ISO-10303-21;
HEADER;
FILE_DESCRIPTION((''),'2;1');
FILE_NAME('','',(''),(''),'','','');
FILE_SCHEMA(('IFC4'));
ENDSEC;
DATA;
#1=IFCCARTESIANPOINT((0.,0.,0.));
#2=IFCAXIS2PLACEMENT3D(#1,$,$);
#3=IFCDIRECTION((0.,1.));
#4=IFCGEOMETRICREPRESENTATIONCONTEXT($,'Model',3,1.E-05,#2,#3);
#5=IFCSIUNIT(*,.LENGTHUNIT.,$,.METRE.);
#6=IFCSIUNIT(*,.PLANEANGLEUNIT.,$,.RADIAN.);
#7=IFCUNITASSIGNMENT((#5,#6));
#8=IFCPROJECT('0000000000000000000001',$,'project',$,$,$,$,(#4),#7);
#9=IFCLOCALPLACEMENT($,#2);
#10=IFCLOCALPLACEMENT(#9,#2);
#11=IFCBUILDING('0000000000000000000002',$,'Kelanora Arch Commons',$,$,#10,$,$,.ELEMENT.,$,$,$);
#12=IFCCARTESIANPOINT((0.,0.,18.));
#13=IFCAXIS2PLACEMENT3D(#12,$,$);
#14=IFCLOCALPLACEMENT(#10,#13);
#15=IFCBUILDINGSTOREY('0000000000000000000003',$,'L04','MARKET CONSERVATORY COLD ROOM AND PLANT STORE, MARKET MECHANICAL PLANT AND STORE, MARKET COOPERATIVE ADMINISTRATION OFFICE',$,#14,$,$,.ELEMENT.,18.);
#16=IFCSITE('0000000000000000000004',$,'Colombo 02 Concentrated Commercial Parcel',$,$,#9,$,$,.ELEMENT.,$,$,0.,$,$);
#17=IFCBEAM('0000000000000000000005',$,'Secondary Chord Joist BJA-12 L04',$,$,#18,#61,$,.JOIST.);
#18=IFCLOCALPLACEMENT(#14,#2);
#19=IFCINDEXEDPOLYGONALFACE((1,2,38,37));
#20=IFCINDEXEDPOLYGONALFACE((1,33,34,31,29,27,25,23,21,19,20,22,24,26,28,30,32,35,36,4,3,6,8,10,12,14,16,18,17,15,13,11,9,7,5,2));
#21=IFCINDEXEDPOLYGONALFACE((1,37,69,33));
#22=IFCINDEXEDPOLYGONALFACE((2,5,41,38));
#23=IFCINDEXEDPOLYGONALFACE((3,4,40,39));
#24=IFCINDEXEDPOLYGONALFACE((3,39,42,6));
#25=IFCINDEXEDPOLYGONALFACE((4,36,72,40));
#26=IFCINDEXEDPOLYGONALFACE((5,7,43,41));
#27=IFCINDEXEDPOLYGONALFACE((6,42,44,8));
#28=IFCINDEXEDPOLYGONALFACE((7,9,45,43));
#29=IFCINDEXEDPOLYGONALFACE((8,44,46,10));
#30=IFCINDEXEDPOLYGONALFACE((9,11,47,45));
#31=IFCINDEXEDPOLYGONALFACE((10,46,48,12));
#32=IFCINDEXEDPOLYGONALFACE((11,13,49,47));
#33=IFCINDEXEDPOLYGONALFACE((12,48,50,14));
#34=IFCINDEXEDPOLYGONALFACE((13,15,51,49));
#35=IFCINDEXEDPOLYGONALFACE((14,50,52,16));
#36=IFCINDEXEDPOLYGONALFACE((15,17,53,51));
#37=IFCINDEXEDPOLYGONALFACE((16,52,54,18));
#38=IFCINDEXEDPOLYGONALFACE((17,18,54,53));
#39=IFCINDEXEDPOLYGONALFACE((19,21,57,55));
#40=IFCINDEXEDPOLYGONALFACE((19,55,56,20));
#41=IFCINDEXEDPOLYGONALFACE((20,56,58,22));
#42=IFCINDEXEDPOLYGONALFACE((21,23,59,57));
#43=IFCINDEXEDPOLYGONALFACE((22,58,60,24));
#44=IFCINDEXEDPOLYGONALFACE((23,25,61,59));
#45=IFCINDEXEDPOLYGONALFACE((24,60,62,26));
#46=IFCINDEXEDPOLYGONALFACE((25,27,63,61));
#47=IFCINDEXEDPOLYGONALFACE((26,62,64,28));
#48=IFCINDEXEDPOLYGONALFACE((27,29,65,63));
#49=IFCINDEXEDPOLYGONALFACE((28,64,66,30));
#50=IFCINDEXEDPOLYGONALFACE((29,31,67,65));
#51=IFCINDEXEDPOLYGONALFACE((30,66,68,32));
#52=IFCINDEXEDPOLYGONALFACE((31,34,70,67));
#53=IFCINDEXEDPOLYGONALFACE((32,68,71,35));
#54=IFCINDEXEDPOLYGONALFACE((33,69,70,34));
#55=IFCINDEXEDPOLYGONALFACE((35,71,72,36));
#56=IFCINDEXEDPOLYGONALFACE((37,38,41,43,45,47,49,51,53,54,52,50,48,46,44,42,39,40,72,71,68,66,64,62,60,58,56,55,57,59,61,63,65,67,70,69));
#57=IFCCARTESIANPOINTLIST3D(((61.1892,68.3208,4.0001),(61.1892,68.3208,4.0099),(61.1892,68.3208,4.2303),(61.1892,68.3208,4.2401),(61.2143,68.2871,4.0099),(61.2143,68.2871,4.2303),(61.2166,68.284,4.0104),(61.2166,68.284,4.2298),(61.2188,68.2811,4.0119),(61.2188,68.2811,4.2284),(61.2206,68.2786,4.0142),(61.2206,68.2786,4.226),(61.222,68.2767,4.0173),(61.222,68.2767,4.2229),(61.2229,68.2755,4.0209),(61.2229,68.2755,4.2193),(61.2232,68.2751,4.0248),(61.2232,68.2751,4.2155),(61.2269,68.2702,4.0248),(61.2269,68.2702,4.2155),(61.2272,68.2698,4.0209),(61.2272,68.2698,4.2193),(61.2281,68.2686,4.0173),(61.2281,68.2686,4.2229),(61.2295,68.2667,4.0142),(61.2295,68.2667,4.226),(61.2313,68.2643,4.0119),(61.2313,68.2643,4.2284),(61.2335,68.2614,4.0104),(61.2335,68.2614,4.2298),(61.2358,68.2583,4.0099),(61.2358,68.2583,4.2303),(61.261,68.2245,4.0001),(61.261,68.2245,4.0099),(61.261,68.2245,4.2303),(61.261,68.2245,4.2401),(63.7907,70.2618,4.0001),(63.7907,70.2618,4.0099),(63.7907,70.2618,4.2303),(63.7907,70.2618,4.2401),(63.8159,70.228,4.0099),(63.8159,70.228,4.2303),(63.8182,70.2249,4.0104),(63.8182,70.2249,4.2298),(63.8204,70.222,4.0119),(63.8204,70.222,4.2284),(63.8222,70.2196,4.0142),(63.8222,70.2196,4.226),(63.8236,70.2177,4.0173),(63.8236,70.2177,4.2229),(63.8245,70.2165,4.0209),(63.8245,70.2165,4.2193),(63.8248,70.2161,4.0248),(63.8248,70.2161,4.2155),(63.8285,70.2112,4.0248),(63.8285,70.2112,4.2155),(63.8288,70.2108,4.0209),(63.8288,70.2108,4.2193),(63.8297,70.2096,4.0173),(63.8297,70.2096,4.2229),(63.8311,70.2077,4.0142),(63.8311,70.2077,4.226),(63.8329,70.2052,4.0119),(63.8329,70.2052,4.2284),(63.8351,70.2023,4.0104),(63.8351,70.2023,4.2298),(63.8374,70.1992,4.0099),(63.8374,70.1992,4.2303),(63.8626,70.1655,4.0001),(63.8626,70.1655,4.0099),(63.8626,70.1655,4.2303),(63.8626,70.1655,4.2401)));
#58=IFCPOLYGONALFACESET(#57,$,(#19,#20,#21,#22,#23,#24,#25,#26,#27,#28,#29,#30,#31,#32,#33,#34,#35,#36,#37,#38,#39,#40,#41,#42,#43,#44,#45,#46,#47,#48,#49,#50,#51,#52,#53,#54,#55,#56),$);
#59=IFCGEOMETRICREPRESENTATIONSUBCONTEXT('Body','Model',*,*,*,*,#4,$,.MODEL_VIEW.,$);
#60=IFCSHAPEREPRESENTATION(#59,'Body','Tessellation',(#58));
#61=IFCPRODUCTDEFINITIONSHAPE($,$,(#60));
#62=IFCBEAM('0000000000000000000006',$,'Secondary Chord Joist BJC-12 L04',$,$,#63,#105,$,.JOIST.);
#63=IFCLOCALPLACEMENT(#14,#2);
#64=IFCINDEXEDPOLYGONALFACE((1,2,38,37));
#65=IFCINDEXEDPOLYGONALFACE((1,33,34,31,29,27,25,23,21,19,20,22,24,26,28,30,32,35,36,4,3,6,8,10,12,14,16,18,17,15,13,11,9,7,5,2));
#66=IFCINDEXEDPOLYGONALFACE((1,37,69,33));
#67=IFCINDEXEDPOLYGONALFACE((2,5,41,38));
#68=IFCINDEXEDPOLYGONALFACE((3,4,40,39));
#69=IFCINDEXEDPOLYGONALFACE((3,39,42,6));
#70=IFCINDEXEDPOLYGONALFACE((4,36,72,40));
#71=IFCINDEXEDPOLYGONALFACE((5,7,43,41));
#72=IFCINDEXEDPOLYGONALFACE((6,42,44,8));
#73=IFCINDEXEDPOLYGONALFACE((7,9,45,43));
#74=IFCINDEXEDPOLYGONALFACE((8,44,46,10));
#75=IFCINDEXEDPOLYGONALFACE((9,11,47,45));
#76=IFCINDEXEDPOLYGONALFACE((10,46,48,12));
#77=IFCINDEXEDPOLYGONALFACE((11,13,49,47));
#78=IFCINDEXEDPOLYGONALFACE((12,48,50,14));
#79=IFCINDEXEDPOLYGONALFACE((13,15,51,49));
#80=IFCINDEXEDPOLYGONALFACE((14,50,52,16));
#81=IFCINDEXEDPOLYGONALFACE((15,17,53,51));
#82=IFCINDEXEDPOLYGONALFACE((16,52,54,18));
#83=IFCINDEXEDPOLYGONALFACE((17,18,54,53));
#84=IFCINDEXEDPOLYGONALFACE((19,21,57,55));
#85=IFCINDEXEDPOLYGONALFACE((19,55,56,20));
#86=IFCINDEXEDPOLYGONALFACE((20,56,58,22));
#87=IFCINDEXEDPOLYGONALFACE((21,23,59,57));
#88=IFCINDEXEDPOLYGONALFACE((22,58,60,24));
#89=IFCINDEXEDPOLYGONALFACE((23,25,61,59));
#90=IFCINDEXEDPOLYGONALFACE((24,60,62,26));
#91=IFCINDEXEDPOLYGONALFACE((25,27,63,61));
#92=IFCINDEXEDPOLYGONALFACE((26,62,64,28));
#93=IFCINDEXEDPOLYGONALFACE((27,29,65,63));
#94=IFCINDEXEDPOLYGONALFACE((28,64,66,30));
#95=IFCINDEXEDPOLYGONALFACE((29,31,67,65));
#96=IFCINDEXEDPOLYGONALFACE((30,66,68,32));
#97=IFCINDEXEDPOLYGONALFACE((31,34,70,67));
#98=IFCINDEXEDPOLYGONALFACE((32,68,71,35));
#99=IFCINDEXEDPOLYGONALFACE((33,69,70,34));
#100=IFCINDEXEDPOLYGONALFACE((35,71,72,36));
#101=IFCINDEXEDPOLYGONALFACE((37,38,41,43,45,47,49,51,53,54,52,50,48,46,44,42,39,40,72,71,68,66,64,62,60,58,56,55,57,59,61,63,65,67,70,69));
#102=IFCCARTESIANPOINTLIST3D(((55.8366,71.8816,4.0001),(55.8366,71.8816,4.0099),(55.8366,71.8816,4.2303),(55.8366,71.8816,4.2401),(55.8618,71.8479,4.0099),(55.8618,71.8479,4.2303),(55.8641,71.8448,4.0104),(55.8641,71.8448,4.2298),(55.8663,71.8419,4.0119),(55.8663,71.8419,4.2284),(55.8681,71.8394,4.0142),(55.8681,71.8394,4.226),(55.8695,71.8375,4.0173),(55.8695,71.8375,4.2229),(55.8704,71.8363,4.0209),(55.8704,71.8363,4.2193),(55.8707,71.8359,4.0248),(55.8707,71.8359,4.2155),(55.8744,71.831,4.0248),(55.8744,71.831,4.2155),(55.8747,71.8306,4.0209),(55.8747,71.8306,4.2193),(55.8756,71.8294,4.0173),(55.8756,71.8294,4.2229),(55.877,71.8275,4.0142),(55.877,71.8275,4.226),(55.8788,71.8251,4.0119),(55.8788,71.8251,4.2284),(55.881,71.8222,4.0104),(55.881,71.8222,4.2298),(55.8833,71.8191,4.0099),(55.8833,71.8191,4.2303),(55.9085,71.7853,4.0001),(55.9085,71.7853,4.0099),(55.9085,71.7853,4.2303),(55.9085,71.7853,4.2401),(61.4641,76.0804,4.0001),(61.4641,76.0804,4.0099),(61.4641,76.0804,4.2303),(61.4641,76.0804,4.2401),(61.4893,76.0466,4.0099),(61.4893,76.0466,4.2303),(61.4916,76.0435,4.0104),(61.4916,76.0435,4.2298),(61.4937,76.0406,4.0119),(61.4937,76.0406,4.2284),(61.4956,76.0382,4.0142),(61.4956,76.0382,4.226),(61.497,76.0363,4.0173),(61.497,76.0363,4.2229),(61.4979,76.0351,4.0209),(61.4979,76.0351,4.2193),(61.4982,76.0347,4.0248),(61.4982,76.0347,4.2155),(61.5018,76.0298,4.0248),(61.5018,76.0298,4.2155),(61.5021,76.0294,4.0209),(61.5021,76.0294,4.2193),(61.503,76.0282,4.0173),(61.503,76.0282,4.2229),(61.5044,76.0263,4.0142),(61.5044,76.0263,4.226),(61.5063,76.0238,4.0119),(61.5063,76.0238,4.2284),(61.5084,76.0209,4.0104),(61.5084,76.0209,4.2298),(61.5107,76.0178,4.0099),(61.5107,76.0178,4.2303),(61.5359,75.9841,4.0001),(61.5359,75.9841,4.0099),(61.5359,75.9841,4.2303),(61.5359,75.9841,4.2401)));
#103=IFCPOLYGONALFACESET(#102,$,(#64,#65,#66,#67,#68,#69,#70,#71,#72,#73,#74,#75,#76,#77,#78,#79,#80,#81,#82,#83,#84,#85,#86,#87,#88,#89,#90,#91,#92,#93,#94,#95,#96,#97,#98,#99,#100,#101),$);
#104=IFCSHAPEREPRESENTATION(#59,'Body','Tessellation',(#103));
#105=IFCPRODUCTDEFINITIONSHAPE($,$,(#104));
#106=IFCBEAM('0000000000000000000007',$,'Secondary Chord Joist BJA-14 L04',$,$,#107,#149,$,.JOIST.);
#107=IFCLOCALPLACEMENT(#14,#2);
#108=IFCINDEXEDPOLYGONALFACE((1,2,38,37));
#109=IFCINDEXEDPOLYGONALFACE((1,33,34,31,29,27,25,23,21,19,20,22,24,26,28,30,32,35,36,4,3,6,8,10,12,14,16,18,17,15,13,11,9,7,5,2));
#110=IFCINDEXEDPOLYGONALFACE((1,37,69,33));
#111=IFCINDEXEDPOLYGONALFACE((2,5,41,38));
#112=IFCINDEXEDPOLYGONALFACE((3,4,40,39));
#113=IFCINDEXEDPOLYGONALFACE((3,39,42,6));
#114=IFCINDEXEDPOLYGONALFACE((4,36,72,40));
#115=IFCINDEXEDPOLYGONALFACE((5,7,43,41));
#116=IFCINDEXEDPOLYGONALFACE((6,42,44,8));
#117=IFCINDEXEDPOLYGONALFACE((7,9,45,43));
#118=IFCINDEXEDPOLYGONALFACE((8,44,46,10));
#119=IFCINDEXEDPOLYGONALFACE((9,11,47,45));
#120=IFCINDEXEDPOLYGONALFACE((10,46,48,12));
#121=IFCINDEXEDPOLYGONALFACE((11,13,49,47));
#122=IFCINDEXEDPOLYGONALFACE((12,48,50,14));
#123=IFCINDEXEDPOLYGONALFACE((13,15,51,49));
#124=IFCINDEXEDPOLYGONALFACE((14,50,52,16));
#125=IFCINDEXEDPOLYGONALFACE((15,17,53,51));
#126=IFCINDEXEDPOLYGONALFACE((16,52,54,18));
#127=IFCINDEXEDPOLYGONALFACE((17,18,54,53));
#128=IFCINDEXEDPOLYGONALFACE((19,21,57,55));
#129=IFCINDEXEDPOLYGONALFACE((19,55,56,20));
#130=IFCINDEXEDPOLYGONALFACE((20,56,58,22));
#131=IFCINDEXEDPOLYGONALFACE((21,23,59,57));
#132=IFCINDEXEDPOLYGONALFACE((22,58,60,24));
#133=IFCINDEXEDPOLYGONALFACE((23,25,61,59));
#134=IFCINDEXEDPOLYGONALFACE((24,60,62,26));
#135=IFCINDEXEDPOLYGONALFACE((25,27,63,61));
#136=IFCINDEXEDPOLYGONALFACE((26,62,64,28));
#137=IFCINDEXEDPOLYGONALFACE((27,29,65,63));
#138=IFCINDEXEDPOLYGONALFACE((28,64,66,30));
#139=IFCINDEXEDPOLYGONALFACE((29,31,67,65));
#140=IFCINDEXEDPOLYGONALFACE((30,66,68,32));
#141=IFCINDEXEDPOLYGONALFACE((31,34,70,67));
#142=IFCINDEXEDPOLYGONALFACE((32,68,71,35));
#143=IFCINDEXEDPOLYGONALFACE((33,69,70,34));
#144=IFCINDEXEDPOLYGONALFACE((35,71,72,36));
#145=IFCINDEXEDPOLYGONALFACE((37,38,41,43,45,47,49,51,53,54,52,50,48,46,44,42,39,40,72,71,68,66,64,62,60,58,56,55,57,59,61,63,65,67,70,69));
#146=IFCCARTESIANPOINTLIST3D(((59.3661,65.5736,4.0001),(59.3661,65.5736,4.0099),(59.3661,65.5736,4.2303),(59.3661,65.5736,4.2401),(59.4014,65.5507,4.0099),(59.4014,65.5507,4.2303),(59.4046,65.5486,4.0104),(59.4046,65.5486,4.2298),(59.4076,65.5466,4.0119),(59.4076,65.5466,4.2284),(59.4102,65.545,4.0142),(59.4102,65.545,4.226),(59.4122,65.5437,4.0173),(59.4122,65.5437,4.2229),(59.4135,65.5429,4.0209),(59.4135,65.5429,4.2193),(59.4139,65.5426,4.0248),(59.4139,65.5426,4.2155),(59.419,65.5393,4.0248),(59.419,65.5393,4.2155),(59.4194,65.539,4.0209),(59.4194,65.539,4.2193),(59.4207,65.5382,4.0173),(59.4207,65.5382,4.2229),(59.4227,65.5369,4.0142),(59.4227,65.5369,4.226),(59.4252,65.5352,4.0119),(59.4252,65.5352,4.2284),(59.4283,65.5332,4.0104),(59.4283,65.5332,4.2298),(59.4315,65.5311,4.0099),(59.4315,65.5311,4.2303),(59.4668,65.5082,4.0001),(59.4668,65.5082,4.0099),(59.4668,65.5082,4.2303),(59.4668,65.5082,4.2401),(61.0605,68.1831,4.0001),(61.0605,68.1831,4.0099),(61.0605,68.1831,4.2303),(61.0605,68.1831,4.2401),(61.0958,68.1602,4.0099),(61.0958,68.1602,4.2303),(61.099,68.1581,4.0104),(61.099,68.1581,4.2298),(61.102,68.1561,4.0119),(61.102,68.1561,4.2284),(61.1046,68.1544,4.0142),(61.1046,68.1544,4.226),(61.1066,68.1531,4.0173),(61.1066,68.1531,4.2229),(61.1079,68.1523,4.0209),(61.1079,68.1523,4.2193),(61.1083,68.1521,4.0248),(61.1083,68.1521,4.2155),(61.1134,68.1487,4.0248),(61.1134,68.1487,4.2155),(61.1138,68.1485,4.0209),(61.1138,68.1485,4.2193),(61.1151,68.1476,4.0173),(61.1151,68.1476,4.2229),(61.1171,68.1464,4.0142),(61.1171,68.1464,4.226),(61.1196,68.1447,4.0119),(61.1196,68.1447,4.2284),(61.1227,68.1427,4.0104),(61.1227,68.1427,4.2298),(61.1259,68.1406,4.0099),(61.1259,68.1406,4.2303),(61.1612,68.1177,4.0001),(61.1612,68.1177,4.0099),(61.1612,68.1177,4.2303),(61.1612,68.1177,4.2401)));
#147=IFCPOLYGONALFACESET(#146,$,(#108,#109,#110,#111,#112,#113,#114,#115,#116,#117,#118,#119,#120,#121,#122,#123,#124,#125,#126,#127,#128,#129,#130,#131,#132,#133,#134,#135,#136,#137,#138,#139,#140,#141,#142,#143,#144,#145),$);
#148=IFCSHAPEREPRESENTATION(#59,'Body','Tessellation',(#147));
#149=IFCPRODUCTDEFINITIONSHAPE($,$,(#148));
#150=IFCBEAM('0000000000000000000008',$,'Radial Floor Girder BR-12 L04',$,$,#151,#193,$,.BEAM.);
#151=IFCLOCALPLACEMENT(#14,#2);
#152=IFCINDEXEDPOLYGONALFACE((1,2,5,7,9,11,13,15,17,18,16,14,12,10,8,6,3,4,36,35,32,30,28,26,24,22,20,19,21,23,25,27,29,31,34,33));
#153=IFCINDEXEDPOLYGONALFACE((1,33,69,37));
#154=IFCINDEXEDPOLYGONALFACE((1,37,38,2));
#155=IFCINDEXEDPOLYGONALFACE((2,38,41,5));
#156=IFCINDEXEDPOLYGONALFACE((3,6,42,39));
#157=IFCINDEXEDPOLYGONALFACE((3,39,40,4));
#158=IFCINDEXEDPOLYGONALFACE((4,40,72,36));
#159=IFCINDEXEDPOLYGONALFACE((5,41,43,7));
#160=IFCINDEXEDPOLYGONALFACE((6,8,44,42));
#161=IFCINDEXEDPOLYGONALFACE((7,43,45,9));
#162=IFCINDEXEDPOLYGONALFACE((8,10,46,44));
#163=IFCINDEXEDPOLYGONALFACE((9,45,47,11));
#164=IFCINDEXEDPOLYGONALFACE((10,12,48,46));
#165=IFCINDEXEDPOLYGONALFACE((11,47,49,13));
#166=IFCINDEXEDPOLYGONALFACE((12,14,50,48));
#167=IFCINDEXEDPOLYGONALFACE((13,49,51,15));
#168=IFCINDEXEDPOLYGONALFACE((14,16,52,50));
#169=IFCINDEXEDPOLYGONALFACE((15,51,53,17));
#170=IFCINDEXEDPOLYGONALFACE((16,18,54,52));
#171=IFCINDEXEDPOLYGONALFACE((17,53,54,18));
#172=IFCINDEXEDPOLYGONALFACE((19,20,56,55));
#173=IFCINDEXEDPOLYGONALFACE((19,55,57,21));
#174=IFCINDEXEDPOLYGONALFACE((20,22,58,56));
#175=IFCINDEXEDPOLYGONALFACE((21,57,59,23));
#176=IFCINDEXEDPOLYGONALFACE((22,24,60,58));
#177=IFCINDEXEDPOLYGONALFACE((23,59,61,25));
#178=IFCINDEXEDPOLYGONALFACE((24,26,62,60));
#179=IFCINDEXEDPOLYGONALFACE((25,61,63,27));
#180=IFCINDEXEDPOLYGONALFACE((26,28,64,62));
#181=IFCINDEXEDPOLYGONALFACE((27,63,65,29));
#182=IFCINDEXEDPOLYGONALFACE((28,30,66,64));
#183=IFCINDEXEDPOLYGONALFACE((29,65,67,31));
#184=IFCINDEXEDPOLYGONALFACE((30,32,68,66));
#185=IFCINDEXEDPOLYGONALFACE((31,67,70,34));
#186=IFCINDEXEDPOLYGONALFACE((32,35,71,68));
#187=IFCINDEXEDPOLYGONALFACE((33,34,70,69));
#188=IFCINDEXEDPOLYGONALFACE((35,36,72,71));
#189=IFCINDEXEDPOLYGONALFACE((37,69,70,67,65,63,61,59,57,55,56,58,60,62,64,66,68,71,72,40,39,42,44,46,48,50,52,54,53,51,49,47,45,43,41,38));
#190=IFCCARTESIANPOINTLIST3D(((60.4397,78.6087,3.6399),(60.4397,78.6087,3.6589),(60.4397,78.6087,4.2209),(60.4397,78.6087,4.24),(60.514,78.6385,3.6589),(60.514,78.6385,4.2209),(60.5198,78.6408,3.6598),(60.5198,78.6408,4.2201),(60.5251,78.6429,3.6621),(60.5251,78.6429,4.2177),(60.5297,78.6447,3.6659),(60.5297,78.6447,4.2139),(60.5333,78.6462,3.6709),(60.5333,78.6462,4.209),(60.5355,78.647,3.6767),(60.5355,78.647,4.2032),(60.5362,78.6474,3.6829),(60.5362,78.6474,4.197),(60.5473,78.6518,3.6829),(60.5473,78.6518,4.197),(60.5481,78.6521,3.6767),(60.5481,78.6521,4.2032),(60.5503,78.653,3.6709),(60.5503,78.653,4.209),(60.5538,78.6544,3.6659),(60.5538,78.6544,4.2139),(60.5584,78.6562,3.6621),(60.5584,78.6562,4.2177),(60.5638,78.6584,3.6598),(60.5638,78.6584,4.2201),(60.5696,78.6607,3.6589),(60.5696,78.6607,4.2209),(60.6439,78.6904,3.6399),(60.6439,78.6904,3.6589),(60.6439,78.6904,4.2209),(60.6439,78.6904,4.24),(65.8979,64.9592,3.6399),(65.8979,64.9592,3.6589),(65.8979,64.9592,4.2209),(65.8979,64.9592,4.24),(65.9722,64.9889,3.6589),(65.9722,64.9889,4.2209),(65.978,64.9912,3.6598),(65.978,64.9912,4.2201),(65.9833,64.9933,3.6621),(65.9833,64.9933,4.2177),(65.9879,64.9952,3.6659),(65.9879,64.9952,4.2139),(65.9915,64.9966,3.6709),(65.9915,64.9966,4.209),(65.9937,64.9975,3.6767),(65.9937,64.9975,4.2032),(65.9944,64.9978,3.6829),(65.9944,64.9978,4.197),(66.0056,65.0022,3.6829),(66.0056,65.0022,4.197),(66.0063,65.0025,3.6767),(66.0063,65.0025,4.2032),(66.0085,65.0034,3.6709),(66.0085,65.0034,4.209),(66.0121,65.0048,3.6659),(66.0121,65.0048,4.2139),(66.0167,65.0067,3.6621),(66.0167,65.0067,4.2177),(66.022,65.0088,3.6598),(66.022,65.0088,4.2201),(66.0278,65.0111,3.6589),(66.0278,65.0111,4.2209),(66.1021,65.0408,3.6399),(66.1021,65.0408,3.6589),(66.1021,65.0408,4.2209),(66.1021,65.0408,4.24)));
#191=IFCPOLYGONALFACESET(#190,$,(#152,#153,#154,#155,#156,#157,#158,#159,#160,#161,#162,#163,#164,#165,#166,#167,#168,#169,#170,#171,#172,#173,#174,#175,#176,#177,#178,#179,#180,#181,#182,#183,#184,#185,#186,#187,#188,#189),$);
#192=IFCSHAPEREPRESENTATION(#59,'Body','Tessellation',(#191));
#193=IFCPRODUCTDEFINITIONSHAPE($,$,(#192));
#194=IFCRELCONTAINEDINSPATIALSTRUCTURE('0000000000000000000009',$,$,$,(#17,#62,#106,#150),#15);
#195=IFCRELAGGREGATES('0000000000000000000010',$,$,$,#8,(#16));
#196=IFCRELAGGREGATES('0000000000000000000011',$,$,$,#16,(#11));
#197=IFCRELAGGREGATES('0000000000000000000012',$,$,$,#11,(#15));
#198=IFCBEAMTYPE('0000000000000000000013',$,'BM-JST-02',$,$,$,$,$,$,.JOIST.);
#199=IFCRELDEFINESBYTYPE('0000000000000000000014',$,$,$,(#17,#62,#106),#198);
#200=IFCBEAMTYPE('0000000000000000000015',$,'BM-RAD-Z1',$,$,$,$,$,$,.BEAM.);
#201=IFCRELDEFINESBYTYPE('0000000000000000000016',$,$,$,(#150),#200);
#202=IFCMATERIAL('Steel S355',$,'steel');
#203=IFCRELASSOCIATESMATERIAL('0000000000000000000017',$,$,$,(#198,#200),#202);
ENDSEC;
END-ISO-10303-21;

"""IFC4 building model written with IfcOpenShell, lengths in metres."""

from ifc_helpers import new_model, si_unit, direction, frame, origin, origin_2d, place, context, subcontext, project, spatial, i_section, extrude, material, material_profile, profile_set, type_object, element, save


model = new_model("IFC4")

# Units and contexts
model_context = context("Model", 3, precision=1e-05, world=origin(), true_north=direction((0.0, 1.0)))
body_context = subcontext(model_context, "Body", "Model", "MODEL_VIEW")
ifc_project = project(units=[si_unit("LENGTHUNIT", "METRE"), si_unit("PLANEANGLEUNIT", "RADIAN")], contexts=[model_context])

# Site, building, storey
site_placement = place(None, origin())
site = spatial("IfcSite", under=ifc_project, at=site_placement, Name="Colombo 02 Concentrated Commercial Parcel", CompositionType="ELEMENT", RefElevation=0.0)
building_placement = place(site_placement, origin())
building = spatial("IfcBuilding", under=site, at=building_placement, Name="Kelanora Arch Commons", CompositionType="ELEMENT")
storey_placement = place(building_placement, frame((0.0, 0.0, 18.0)))
storey = spatial("IfcBuildingStorey", under=building, at=storey_placement, Name="L04", Description="MARKET CONSERVATORY COLD ROOM AND PLANT STORE, MARKET MECHANICAL PLANT AND STORE, MARKET COOPERATIVE ADMINISTRATION OFFICE", CompositionType="ELEMENT", Elevation=18.0)

# Beams
ifc_material_1 = material(Name="Steel S355", Category="steel")
ifc_material_profile_1 = material_profile(ifc_material_1, i_section(OverallWidth=0.1201, OverallDepth=0.24, WebThickness=0.0061, FlangeThickness=0.0098, FilletRadius=0.0149, at=origin_2d()), Name="IPE240")
ifc_profile_set_1 = profile_set([ifc_material_profile_1], Name="Steel S355")
beam_type_1 = type_object("IfcBeamType", Name="BM-JST-02", PredefinedType="JOIST", material=ifc_profile_set_1)
beam_1_placement = place(storey_placement, frame((63.8267, 70.2136, 4.1201), z_axis=(-0.801514, -0.597976, 0.0), x_axis=(0.597976, -0.801514, 0.0)))
element("IfcBeam", 1, at=beam_1_placement, inside=storey, type_object=beam_type_1, Name="Secondary Chord Joist BJA-12 L04", PredefinedType="JOIST", context=body_context, shape_type="SweptSolid", body=[
    extrude(i_section(OverallWidth=0.1201, OverallDepth=0.24, WebThickness=0.0061, FlangeThickness=0.0098, FilletRadius=0.0149, at=origin_2d()), origin(), (0.0, 0.0, 1.0), 3.2458),
])
beam_2_placement = place(storey_placement, frame((61.5, 76.0322, 4.1201), z_axis=(-0.801491, -0.598006, 0.0), x_axis=(0.598006, -0.801491, 0.0)))
element("IfcBeam", 2, at=beam_2_placement, inside=storey, type_object=beam_type_1, Name="Secondary Chord Joist BJC-12 L04", PredefinedType="JOIST", context=body_context, shape_type="SweptSolid", body=[
    extrude(i_section(OverallWidth=0.1201, OverallDepth=0.24, WebThickness=0.0061, FlangeThickness=0.0098, FilletRadius=0.0149, at=origin_2d()), origin(), (0.0, 0.0, 1.0), 7.0212),
])
beam_3_placement = place(storey_placement, frame((61.1108, 68.1504, 4.1201), z_axis=(-0.544591, -0.838702, 0.0), x_axis=(0.838702, -0.544591, 0.0)))
element("IfcBeam", 3, at=beam_3_placement, inside=storey, type_object=beam_type_1, Name="Secondary Chord Joist BJA-14 L04", PredefinedType="JOIST", context=body_context, shape_type="SweptSolid", body=[
    extrude(i_section(OverallWidth=0.1201, OverallDepth=0.24, WebThickness=0.0061, FlangeThickness=0.0098, FilletRadius=0.0149, at=origin_2d()), origin(), (0.0, 0.0, 1.0), 3.1113),
])
ifc_material_profile_2 = material_profile(ifc_material_1, i_section(OverallWidth=0.22, OverallDepth=0.6001, WebThickness=0.012, FlangeThickness=0.019, FilletRadius=0.0239, at=origin_2d()), Name="IPE600")
ifc_profile_set_2 = profile_set([ifc_material_profile_2], Name="Steel S355")
beam_type_2 = type_object("IfcBeamType", Name="BM-RAD-Z1", PredefinedType="BEAM", material=ifc_profile_set_2)
beam_4_placement = place(storey_placement, frame((66.0, 65.0, 3.9399), z_axis=(-0.371296, 0.928514, 0.0), x_axis=(-0.928514, -0.371296, 0.0)))
element("IfcBeam", 4, at=beam_4_placement, inside=storey, type_object=beam_type_2, Name="Radial Floor Girder BR-12 L04", PredefinedType="BEAM", context=body_context, shape_type="SweptSolid", body=[
    extrude(i_section(OverallWidth=0.22, OverallDepth=0.6001, WebThickness=0.012, FlangeThickness=0.019, FilletRadius=0.0239, at=origin_2d()), origin(), (0.0, 0.0, 1.0), 14.7004),
])

save(model, "model.ifc")
